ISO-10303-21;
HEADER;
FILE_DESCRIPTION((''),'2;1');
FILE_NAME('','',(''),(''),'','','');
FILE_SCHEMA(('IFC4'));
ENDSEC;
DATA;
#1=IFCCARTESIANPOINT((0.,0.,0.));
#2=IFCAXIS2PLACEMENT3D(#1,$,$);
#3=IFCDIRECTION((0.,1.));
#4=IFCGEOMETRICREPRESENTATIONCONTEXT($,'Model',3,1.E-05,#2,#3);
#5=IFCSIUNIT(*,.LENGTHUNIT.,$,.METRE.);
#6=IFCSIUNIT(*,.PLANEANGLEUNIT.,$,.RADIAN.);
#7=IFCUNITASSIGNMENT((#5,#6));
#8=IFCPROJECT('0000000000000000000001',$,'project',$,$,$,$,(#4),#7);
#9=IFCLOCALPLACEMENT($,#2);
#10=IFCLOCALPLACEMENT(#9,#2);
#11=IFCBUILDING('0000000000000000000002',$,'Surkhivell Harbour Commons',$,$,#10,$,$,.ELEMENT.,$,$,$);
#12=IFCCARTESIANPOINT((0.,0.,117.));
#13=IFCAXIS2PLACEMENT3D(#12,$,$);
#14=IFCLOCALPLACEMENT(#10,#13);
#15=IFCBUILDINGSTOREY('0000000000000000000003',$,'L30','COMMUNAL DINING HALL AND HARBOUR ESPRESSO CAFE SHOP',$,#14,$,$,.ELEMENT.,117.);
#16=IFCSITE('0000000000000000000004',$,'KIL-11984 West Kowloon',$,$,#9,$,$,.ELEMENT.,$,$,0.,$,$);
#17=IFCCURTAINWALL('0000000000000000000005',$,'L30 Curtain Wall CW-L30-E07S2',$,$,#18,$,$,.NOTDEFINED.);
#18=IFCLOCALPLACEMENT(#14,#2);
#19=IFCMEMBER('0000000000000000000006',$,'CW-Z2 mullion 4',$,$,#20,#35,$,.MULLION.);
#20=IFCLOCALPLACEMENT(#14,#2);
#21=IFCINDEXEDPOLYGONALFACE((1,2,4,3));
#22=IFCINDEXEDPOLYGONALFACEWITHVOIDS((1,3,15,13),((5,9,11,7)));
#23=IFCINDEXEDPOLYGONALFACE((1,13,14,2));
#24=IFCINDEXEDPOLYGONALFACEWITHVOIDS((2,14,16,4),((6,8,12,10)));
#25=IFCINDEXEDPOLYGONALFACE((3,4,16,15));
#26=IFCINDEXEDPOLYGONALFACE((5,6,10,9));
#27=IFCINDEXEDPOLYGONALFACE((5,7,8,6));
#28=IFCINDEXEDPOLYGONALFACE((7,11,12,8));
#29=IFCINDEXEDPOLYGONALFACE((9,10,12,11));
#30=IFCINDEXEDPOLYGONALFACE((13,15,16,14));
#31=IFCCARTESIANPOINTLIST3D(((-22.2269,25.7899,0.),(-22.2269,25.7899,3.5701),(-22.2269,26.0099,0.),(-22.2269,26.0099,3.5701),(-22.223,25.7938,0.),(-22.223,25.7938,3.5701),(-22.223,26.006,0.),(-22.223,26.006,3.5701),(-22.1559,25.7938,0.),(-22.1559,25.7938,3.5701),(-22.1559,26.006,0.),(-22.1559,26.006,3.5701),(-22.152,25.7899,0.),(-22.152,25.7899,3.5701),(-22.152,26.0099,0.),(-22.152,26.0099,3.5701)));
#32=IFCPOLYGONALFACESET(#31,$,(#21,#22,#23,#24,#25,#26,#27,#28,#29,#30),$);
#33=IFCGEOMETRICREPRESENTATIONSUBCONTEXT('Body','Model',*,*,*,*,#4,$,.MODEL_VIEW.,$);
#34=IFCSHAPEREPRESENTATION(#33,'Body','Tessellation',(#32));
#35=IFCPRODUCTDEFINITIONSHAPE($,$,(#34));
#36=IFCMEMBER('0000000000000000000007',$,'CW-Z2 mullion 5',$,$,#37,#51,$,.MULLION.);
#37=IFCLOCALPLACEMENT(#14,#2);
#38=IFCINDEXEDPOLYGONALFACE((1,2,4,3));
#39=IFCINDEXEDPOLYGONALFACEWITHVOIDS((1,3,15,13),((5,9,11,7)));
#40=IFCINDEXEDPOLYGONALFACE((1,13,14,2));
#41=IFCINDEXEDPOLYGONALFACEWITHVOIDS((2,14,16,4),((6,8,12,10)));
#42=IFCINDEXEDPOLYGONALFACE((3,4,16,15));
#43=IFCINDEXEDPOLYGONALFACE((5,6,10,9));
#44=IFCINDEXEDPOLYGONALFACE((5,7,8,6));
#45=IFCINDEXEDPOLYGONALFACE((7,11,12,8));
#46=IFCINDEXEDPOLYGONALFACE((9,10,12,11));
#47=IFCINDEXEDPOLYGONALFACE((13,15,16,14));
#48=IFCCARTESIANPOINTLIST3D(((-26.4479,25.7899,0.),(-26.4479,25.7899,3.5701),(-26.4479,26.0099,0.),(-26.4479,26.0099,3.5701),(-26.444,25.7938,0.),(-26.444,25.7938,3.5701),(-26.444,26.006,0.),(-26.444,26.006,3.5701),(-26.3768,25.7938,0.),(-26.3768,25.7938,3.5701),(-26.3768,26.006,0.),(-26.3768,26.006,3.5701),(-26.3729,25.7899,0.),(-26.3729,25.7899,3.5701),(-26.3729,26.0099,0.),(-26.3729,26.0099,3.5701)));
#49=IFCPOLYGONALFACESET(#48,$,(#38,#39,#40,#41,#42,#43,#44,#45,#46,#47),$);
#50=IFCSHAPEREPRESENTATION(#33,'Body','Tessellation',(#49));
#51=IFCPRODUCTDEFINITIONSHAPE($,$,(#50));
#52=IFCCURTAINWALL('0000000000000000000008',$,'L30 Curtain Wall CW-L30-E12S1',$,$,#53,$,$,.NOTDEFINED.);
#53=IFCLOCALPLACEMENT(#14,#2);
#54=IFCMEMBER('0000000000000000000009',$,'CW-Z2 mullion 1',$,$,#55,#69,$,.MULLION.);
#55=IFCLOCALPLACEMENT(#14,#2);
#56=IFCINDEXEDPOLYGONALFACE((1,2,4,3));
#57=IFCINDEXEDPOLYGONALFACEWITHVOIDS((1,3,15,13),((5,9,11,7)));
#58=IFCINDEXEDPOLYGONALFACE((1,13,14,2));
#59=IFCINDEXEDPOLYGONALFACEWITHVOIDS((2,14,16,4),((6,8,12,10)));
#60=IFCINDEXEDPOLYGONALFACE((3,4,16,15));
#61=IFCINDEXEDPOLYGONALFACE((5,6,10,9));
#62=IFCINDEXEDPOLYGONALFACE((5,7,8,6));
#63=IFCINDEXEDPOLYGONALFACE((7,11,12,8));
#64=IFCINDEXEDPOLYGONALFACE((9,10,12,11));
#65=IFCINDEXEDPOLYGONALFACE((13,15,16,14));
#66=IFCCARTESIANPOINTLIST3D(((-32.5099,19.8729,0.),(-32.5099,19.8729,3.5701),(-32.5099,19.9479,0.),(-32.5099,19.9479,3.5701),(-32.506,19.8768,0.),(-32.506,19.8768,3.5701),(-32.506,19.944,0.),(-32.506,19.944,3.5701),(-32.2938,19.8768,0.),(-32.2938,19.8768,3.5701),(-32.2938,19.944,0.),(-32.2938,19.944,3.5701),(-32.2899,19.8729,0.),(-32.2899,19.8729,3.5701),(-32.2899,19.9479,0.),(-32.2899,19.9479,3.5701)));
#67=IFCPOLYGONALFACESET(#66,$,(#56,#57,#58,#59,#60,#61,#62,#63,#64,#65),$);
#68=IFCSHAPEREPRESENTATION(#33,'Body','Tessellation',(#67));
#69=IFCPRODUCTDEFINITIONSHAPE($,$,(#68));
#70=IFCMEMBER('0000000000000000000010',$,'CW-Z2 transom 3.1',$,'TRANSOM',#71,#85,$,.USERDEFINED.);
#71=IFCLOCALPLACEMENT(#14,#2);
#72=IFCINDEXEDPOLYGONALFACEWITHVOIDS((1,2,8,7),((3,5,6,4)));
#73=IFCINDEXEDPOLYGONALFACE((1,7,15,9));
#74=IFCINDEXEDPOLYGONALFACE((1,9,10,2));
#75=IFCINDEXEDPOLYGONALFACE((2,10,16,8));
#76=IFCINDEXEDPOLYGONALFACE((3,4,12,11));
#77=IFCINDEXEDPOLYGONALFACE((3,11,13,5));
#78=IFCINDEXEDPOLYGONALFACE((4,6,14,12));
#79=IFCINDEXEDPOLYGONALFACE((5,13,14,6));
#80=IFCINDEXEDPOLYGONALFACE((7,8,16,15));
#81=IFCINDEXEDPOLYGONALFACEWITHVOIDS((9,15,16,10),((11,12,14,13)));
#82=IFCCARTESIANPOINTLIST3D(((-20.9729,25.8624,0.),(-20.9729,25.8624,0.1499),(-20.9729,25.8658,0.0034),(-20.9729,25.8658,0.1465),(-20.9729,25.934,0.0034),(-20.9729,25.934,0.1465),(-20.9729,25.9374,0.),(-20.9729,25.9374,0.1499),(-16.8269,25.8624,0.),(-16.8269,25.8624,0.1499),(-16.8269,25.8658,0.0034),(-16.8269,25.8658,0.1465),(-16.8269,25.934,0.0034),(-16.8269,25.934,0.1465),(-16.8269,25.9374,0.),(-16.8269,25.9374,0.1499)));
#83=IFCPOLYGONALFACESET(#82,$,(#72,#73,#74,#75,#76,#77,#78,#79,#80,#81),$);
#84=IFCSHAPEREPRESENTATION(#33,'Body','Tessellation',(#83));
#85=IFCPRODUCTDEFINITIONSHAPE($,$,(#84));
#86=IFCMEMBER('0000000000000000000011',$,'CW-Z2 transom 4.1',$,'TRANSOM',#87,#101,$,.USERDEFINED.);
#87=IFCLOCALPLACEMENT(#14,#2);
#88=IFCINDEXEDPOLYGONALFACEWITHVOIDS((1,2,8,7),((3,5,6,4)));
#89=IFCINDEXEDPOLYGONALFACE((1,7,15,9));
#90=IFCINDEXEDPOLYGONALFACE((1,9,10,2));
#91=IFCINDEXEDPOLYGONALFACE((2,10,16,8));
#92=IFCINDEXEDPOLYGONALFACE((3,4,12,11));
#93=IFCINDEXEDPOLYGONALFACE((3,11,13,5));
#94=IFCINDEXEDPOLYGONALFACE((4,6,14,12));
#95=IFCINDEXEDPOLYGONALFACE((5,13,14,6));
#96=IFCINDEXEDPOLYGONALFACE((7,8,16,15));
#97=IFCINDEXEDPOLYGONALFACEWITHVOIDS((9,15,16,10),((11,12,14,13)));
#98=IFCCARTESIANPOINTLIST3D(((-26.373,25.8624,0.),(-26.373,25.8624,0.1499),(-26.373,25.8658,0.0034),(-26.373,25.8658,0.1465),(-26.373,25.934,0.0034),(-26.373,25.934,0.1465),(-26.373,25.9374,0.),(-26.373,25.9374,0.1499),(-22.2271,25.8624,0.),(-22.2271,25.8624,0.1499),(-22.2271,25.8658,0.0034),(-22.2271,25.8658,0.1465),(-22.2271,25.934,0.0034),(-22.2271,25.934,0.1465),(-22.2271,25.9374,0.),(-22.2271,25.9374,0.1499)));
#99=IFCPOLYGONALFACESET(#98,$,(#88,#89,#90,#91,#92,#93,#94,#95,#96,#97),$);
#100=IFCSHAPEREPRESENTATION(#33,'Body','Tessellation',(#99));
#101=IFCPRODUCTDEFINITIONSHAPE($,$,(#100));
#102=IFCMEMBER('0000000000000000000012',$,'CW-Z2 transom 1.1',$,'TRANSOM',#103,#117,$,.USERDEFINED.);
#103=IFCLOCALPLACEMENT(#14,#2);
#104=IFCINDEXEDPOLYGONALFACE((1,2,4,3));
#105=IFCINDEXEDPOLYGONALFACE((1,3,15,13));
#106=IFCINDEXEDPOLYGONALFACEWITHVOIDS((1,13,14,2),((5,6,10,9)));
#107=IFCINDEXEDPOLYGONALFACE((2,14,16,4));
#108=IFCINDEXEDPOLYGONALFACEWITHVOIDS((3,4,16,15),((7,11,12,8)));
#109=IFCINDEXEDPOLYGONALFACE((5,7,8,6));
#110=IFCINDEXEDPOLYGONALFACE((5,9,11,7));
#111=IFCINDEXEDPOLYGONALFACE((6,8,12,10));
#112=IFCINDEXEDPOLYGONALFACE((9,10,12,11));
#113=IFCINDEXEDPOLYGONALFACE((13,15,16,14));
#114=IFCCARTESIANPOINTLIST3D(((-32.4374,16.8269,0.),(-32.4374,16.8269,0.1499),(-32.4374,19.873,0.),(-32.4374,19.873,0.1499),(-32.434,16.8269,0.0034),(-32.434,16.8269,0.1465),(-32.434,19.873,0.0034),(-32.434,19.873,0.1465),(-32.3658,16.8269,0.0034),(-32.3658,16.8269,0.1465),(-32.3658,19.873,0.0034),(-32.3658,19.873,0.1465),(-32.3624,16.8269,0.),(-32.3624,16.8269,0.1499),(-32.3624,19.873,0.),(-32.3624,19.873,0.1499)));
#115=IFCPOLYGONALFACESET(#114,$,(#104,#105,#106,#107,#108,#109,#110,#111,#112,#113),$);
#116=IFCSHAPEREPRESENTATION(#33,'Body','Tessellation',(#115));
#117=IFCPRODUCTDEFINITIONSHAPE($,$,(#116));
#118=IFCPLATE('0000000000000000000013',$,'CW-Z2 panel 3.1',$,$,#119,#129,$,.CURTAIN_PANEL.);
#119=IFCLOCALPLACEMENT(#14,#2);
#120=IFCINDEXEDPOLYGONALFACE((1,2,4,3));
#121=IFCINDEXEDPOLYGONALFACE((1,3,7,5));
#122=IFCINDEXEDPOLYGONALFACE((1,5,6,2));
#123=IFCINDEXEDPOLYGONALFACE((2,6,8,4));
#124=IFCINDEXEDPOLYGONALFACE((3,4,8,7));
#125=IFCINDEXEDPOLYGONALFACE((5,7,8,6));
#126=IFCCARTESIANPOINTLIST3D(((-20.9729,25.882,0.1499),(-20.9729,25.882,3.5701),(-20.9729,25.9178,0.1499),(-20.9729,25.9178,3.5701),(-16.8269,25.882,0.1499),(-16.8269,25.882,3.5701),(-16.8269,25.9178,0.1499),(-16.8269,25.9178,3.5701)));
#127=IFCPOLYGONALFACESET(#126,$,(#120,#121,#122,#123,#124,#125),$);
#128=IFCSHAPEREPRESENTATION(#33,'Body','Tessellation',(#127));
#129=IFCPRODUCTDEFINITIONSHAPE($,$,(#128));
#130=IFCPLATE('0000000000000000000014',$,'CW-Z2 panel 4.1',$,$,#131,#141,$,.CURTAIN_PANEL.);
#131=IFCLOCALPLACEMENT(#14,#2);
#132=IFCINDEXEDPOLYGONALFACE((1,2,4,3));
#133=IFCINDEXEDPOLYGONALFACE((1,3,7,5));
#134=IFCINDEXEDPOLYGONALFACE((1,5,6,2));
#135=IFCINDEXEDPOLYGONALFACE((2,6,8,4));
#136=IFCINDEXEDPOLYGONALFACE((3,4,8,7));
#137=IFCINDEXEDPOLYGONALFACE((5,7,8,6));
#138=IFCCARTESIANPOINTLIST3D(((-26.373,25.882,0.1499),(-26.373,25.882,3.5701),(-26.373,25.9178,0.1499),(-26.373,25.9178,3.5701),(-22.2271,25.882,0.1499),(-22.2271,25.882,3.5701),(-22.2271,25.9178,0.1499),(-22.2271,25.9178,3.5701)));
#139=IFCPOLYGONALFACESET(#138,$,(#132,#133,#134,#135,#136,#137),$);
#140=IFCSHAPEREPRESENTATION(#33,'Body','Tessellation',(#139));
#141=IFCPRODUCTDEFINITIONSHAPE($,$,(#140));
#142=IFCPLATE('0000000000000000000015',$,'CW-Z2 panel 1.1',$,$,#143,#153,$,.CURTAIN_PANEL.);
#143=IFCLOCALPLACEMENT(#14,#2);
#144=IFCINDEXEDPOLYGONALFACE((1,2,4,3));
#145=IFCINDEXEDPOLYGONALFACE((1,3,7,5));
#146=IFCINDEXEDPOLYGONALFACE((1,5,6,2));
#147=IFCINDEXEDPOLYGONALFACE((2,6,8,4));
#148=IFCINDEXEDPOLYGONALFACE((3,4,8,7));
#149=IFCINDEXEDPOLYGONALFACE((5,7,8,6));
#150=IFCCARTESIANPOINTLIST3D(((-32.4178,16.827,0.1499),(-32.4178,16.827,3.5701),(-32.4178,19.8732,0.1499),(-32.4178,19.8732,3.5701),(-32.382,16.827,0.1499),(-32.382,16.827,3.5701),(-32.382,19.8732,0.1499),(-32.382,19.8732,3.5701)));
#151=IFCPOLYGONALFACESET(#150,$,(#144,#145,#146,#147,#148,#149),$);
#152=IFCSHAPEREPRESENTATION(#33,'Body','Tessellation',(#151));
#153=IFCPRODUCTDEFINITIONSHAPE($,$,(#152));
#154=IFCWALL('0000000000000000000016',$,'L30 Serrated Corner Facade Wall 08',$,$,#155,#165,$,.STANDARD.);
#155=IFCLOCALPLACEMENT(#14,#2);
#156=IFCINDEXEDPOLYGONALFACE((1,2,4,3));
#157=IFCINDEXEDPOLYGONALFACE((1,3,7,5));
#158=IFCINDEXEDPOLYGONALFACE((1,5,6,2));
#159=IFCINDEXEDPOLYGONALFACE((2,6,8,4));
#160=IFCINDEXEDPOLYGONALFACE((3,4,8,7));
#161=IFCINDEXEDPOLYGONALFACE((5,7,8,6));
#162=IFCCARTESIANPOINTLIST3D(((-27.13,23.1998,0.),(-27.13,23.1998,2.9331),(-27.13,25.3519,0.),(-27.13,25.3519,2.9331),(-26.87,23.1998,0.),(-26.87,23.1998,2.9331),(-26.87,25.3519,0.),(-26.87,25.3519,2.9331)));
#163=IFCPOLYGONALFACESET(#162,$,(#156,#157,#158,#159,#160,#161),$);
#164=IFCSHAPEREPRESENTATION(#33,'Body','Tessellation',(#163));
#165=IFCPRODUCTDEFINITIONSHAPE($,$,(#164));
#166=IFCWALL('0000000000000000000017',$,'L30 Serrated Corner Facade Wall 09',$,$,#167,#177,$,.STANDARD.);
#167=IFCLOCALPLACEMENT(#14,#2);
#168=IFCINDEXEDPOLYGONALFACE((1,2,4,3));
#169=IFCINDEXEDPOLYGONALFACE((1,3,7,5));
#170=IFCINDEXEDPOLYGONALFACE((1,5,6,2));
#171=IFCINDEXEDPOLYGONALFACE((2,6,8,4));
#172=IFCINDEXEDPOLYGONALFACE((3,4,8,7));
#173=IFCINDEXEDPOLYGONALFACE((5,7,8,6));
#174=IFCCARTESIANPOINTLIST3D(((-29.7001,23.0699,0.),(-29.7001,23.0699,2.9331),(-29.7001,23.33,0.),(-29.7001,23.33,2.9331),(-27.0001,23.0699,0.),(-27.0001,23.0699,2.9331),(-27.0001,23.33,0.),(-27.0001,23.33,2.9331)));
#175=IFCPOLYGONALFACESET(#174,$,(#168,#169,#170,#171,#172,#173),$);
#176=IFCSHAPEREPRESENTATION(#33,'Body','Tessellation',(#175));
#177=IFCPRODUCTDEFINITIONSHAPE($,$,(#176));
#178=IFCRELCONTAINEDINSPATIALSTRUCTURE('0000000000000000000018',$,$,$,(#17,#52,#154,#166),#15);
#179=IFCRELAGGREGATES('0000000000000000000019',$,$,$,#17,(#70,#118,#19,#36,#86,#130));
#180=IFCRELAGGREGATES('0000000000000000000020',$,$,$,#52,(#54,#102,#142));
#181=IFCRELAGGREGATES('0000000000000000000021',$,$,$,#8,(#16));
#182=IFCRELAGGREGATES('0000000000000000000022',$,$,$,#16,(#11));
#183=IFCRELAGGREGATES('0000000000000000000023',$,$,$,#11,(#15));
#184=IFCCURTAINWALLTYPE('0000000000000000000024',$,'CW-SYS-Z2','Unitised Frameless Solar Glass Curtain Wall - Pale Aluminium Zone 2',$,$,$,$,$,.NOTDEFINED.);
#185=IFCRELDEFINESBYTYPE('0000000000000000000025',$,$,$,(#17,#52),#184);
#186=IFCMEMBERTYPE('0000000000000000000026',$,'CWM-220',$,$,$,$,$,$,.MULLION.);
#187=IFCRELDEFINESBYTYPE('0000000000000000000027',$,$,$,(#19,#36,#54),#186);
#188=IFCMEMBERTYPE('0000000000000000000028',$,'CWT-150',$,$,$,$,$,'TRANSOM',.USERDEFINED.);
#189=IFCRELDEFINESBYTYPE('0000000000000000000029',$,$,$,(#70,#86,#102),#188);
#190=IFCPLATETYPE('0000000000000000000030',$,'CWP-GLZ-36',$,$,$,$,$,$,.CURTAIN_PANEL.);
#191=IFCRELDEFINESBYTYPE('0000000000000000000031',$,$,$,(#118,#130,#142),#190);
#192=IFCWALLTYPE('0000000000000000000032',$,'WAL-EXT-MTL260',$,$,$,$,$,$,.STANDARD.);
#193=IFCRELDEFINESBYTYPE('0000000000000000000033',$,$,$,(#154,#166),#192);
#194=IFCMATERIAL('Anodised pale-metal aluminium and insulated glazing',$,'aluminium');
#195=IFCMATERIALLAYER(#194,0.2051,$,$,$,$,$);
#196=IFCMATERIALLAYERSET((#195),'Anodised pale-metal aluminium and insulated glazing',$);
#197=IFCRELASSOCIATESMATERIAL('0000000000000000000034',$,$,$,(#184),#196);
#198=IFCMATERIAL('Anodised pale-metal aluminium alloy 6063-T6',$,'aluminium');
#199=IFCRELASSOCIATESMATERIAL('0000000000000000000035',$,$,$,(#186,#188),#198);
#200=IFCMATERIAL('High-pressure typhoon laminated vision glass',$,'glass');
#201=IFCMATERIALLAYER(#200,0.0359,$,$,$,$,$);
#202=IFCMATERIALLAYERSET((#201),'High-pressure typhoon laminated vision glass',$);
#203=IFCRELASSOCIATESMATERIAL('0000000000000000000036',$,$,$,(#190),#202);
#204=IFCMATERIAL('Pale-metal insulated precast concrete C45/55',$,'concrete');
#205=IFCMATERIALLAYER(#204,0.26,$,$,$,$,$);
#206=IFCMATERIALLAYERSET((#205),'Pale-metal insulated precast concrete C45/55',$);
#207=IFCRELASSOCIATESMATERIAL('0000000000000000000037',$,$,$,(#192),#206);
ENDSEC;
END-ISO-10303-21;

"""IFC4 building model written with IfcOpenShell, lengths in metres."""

from ifc_helpers import new_model, si_unit, direction, frame, frame_2d, origin, origin_2d, place, context, subcontext, project, spatial, rectangle, hollow_rectangle, extrude, material, layer, layer_set, material_profile, profile_set, type_object, element, aggregate, save


model = new_model("IFC4")

# Units and contexts
model_context = context("Model", 3, precision=1e-05, world=origin(), true_north=direction((0.0, 1.0)))
body_context = subcontext(model_context, "Body", "Model", "MODEL_VIEW")
ifc_project = project(units=[si_unit("LENGTHUNIT", "METRE"), si_unit("PLANEANGLEUNIT", "RADIAN")], contexts=[model_context])

# Site, building, storey
site_placement = place(None, origin())
site = spatial("IfcSite", under=ifc_project, at=site_placement, Name="KIL-11984 West Kowloon", CompositionType="ELEMENT", RefElevation=0.0)
building_placement = place(site_placement, origin())
building = spatial("IfcBuilding", under=site, at=building_placement, Name="Surkhivell Harbour Commons", CompositionType="ELEMENT")
storey_placement = place(building_placement, frame((0.0, 0.0, 117.0)))
storey = spatial("IfcBuildingStorey", under=building, at=storey_placement, Name="L30", Description="COMMUNAL DINING HALL AND HARBOUR ESPRESSO CAFE SHOP", CompositionType="ELEMENT", Elevation=117.0)

# Curtain wall, members
ifc_material_1 = material(Name="Anodised pale-metal aluminium and insulated glazing", Category="aluminium")
ifc_layer_1 = layer(ifc_material_1, 0.2051)
ifc_layer_set_1 = layer_set([ifc_layer_1], Name="Anodised pale-metal aluminium and insulated glazing")
curtain_wall_type = type_object("IfcCurtainWallType", Name="CW-SYS-Z2", Description="Unitised Frameless Solar Glass Curtain Wall - Pale Aluminium Zone 2", PredefinedType="NOTDEFINED", material=ifc_layer_set_1)
curtain_wall_1_placement = place(storey_placement, origin())
curtain_wall_1 = element("IfcCurtainWall", 1, at=curtain_wall_1_placement, inside=storey, type_object=curtain_wall_type, Name="L30 Curtain Wall CW-L30-E07S2", PredefinedType="NOTDEFINED")
ifc_material_2 = material(Name="Anodised pale-metal aluminium alloy 6063-T6", Category="aluminium")
ifc_material_profile_1 = material_profile(ifc_material_2, hollow_rectangle(XDim=0.075, YDim=0.22, WallThickness=0.0039, at=origin_2d()), Name="ALU-MULL-75x220")
ifc_profile_set_1 = profile_set([ifc_material_profile_1], Name="Anodised pale-metal aluminium alloy 6063-T6")
member_type_1 = type_object("IfcMemberType", Name="CWM-220", PredefinedType="MULLION", material=ifc_profile_set_1)
member_1_placement = place(storey_placement, frame((-22.1895, 25.8999, 0.0), z_axis=(0.0, 0.0, 1.0), x_axis=(-1.0, 0.0, 0.0)))
member_1 = element("IfcMember", 2, at=member_1_placement, type_object=member_type_1, Name="CW-Z2 mullion 4", PredefinedType="MULLION", context=body_context, shape_type="SweptSolid", body=[
    extrude(hollow_rectangle(XDim=0.075, YDim=0.22, WallThickness=0.0039, at=origin_2d()), origin(), (0.0, 0.0, 1.0), 3.5701),
])
member_2_placement = place(storey_placement, frame((-26.4104, 25.8999, 0.0), z_axis=(0.0, 0.0, 1.0), x_axis=(-1.0, 0.0, 0.0)))
member_2 = element("IfcMember", 3, at=member_2_placement, type_object=member_type_1, Name="CW-Z2 mullion 5", PredefinedType="MULLION", context=body_context, shape_type="SweptSolid", body=[
    extrude(hollow_rectangle(XDim=0.075, YDim=0.22, WallThickness=0.0039, at=origin_2d()), origin(), (0.0, 0.0, 1.0), 3.5701),
])

# Curtain wall, member
curtain_wall_2_placement = place(storey_placement, origin())
curtain_wall_2 = element("IfcCurtainWall", 4, at=curtain_wall_2_placement, inside=storey, type_object=curtain_wall_type, Name="L30 Curtain Wall CW-L30-E12S1", PredefinedType="NOTDEFINED")
member_3_placement = place(storey_placement, frame((-32.3999, 19.9104, 0.0), z_axis=(0.0, 0.0, 1.0), x_axis=(0.0, -1.0, 0.0)))
member_3 = element("IfcMember", 5, at=member_3_placement, type_object=member_type_1, Name="CW-Z2 mullion 1", PredefinedType="MULLION", context=body_context, shape_type="SweptSolid", body=[
    extrude(hollow_rectangle(XDim=0.075, YDim=0.22, WallThickness=0.0039, at=origin_2d()), origin(), (0.0, 0.0, 1.0), 3.5701),
])

# Members
ifc_material_profile_2 = material_profile(ifc_material_2, hollow_rectangle(XDim=0.075, YDim=0.1499, WallThickness=0.0034, at=origin_2d()), Name="ALU-TRAN-75x150")
ifc_profile_set_2 = profile_set([ifc_material_profile_2], Name="Anodised pale-metal aluminium alloy 6063-T6")
member_type_2 = type_object("IfcMemberType", Name="CWT-150", ElementType="TRANSOM", PredefinedType="USERDEFINED", material=ifc_profile_set_2)
member_4_placement = place(storey_placement, frame((-16.8269, 25.8999, 0.075), z_axis=(-1.0, 0.0, 0.0), x_axis=(0.0, -1.0, 0.0)))
member_4 = element("IfcMember", 6, at=member_4_placement, type_object=member_type_2, Name="CW-Z2 transom 3.1", ObjectType="TRANSOM", PredefinedType="USERDEFINED", context=body_context, shape_type="SweptSolid", body=[
    extrude(hollow_rectangle(XDim=0.075, YDim=0.1499, WallThickness=0.0034, at=origin_2d()), origin(), (0.0, 0.0, 1.0), 4.146),
])
member_5_placement = place(storey_placement, frame((-22.2271, 25.8999, 0.075), z_axis=(-1.0, 0.0, 0.0), x_axis=(0.0, -1.0, 0.0)))
member_5 = element("IfcMember", 7, at=member_5_placement, type_object=member_type_2, Name="CW-Z2 transom 4.1", ObjectType="TRANSOM", PredefinedType="USERDEFINED", context=body_context, shape_type="SweptSolid", body=[
    extrude(hollow_rectangle(XDim=0.075, YDim=0.1499, WallThickness=0.0034, at=origin_2d()), origin(), (0.0, 0.0, 1.0), 4.146),
])
member_6_placement = place(storey_placement, frame((-32.3999, 19.873, 0.075), z_axis=(0.0, -1.0, 0.0), x_axis=(1.0, 0.0, 0.0)))
member_6 = element("IfcMember", 8, at=member_6_placement, type_object=member_type_2, Name="CW-Z2 transom 1.1", ObjectType="TRANSOM", PredefinedType="USERDEFINED", context=body_context, shape_type="SweptSolid", body=[
    extrude(hollow_rectangle(XDim=0.075, YDim=0.1499, WallThickness=0.0034, at=origin_2d()), origin(), (0.0, 0.0, 1.0), 3.0461),
])

# Plates
ifc_material_3 = material(Name="High-pressure typhoon laminated vision glass", Category="glass")
ifc_layer_2 = layer(ifc_material_3, 0.0359)
ifc_layer_set_2 = layer_set([ifc_layer_2], Name="High-pressure typhoon laminated vision glass")
plate_type = type_object("IfcPlateType", Name="CWP-GLZ-36", PredefinedType="CURTAIN_PANEL", material=ifc_layer_set_2)
plate_1_placement = place(storey_placement, frame((-16.8269, 25.8999, 0.1499), z_axis=(0.0, 0.0, 1.0), x_axis=(-1.0, 0.0, 0.0)))
plate_1 = element("IfcPlate", 9, at=plate_1_placement, type_object=plate_type, Name="CW-Z2 panel 3.1", PredefinedType="CURTAIN_PANEL", context=body_context, shape_type="SweptSolid", body=[
    extrude(rectangle(XDim=4.146, YDim=0.0359, at=frame_2d((2.073, 0.0))), origin(), (0.0, 0.0, 1.0), 3.4202),
])
plate_2_placement = place(storey_placement, frame((-22.2271, 25.8999, 0.1499), z_axis=(0.0, 0.0, 1.0), x_axis=(-1.0, 0.0, 0.0)))
plate_2 = element("IfcPlate", 10, at=plate_2_placement, type_object=plate_type, Name="CW-Z2 panel 4.1", PredefinedType="CURTAIN_PANEL", context=body_context, shape_type="SweptSolid", body=[
    extrude(rectangle(XDim=4.146, YDim=0.0359, at=frame_2d((2.073, 0.0))), origin(), (0.0, 0.0, 1.0), 3.4202),
])
aggregate(curtain_wall_1, [member_4, plate_1, member_1, member_2, member_5, plate_2])
plate_3_placement = place(storey_placement, frame((-32.3999, 19.873, 0.1499), z_axis=(0.0, 0.0, 1.0), x_axis=(0.0, -1.0, 0.0)))
plate_3 = element("IfcPlate", 11, at=plate_3_placement, type_object=plate_type, Name="CW-Z2 panel 1.1", PredefinedType="CURTAIN_PANEL", context=body_context, shape_type="SweptSolid", body=[
    extrude(rectangle(XDim=3.0461, YDim=0.0359, at=frame_2d((1.5229, 0.0))), origin(), (0.0, 0.0, 1.0), 3.4202),
])
aggregate(curtain_wall_2, [member_3, member_6, plate_3])

# Walls
ifc_material_4 = material(Name="Pale-metal insulated precast concrete C45/55", Category="concrete")
ifc_layer_3 = layer(ifc_material_4, 0.26)
ifc_layer_set_3 = layer_set([ifc_layer_3], Name="Pale-metal insulated precast concrete C45/55")
wall_type = type_object("IfcWallType", Name="WAL-EXT-MTL260", PredefinedType="STANDARD", material=ifc_layer_set_3)
wall_1_placement = place(storey_placement, frame((-27.0, 25.3521, 0.0), z_axis=(0.0, 0.0, 1.0), x_axis=(0.0, -1.0, 0.0)))
element("IfcWall", 12, at=wall_1_placement, inside=storey, type_object=wall_type, Name="L30 Serrated Corner Facade Wall 08", PredefinedType="STANDARD", context=body_context, shape_type="SweptSolid", body=[
    extrude(rectangle(XDim=2.1521, YDim=0.26, at=frame_2d((1.0762, 0.0))), origin(), (0.0, 0.0, 1.0), 2.9331),
])
wall_2_placement = place(storey_placement, frame((-27.0, 23.2, 0.0), z_axis=(0.0, 0.0, 1.0), x_axis=(-1.0, 0.0, 0.0)))
element("IfcWall", 13, at=wall_2_placement, inside=storey, type_object=wall_type, Name="L30 Serrated Corner Facade Wall 09", PredefinedType="STANDARD", context=body_context, shape_type="SweptSolid", body=[
    extrude(rectangle(XDim=2.7, YDim=0.26, at=frame_2d((1.3501, 0.0))), origin(), (0.0, 0.0, 1.0), 2.9331),
])

save(model, "model.ifc")
